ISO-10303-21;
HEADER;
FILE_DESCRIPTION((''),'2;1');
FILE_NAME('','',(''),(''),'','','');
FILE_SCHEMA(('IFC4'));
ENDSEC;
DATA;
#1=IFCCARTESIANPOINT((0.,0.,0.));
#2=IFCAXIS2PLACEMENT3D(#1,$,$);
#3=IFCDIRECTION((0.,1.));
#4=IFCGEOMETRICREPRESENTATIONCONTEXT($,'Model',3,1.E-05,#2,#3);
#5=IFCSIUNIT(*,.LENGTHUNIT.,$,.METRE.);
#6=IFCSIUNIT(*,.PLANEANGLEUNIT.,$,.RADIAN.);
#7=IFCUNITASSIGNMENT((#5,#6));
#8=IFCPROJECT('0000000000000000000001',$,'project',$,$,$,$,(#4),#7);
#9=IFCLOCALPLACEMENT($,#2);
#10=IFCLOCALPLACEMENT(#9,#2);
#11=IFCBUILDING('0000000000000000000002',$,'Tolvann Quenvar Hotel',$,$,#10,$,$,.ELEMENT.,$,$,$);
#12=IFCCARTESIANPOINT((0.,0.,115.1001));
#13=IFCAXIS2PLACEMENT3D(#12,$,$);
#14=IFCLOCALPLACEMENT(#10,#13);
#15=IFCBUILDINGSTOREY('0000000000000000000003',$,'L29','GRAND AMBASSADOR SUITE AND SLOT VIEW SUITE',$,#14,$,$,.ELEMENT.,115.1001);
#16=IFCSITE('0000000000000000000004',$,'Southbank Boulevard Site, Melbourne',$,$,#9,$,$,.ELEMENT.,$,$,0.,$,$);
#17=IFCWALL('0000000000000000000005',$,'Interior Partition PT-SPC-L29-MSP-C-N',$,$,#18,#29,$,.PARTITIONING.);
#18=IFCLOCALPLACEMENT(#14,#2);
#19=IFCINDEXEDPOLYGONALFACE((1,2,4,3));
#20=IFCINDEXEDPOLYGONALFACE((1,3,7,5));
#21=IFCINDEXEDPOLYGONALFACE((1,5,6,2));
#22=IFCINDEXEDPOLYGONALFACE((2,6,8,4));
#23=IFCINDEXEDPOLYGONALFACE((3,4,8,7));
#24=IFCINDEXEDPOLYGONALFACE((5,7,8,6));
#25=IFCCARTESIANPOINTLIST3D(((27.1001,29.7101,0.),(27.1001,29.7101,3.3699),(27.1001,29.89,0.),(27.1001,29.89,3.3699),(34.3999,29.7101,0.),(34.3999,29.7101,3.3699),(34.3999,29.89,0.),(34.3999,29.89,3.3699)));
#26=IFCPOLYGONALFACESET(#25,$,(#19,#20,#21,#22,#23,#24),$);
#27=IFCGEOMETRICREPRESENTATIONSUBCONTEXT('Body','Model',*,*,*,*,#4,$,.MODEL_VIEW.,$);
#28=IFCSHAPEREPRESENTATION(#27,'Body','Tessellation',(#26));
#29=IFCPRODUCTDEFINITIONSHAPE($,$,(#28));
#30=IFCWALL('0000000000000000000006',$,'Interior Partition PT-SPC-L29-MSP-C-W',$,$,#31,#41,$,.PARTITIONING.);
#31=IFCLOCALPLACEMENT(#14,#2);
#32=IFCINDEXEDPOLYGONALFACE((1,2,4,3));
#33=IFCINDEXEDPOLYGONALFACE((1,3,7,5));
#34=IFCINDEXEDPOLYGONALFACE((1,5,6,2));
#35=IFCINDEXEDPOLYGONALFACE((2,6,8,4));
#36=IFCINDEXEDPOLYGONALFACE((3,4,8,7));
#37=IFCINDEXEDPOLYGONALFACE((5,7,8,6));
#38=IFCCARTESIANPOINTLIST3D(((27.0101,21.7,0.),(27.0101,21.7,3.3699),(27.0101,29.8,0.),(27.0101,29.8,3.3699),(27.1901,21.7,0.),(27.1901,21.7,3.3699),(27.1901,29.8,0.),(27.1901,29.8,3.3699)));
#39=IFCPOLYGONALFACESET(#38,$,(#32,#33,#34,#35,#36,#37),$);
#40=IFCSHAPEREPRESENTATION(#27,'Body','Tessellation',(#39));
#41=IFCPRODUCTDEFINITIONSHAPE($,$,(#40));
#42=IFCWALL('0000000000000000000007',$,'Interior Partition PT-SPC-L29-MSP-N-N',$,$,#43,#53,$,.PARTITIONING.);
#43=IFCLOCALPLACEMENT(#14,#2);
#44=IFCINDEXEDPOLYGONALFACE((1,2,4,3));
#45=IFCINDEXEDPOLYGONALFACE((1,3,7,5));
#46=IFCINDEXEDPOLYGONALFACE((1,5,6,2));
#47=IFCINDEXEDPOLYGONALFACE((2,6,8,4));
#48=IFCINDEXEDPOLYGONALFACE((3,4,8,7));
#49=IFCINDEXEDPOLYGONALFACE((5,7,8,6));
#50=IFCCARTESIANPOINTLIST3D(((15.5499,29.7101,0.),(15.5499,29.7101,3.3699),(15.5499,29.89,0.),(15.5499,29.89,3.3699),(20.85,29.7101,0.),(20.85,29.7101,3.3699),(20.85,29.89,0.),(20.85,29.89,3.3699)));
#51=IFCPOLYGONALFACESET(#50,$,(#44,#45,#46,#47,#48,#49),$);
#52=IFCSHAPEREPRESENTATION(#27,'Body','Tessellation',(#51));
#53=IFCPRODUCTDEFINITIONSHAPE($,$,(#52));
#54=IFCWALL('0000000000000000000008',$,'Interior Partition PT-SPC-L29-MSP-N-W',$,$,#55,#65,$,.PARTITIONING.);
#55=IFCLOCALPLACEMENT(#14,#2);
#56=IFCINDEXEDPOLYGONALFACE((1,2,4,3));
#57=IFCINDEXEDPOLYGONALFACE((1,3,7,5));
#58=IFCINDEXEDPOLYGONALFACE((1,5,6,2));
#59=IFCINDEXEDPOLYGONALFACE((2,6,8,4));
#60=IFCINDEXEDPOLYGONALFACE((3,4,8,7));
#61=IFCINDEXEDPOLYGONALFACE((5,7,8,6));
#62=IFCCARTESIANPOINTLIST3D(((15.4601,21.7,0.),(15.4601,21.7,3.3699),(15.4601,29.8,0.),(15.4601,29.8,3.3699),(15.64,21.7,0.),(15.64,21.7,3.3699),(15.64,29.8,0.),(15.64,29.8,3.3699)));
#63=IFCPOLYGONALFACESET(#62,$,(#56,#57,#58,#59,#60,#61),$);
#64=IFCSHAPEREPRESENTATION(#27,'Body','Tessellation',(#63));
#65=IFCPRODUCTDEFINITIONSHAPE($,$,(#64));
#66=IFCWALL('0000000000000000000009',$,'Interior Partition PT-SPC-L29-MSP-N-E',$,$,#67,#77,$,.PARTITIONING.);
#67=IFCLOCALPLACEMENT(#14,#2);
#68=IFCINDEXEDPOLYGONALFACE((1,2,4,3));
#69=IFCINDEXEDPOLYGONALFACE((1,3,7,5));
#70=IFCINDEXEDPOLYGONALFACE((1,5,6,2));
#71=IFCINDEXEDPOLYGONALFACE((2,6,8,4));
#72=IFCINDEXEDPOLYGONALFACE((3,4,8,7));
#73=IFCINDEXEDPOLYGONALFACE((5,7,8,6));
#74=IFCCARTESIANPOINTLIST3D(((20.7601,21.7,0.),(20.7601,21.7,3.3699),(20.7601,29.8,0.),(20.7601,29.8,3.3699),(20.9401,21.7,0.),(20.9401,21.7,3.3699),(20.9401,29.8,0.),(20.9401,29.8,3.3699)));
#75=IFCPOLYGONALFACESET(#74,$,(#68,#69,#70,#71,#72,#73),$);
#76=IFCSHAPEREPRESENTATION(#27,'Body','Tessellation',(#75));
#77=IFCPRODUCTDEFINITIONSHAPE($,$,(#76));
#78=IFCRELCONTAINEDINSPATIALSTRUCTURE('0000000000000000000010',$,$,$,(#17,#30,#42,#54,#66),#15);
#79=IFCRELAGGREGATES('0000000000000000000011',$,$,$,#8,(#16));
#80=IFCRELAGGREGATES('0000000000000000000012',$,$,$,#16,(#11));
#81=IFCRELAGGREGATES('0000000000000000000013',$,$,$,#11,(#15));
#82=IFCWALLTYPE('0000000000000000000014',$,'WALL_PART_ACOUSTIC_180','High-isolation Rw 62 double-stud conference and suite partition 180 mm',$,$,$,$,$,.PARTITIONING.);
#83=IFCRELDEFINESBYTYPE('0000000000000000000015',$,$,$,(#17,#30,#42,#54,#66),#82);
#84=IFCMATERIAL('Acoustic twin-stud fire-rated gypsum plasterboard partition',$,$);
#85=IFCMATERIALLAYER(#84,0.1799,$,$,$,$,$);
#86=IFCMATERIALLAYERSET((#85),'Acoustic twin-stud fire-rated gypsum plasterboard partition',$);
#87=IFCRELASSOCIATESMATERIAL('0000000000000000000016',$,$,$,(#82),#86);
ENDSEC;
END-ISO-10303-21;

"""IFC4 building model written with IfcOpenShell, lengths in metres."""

from ifc_helpers import new_model, si_unit, direction, frame, frame_2d, origin, place, context, subcontext, project, spatial, rectangle, extrude, material, layer, layer_set, type_object, element, save


model = new_model("IFC4")

# Units and contexts
model_context = context("Model", 3, precision=1e-05, world=origin(), true_north=direction((0.0, 1.0)))
body_context = subcontext(model_context, "Body", "Model", "MODEL_VIEW")
ifc_project = project(units=[si_unit("LENGTHUNIT", "METRE"), si_unit("PLANEANGLEUNIT", "RADIAN")], contexts=[model_context])

# Site, building, storey
site_placement = place(None, origin())
site = spatial("IfcSite", under=ifc_project, at=site_placement, Name="Southbank Boulevard Site, Melbourne", CompositionType="ELEMENT", RefElevation=0.0)
building_placement = place(site_placement, origin())
building = spatial("IfcBuilding", under=site, at=building_placement, Name="Tolvann Quenvar Hotel", CompositionType="ELEMENT")
storey_placement = place(building_placement, frame((0.0, 0.0, 115.1001)))
storey = spatial("IfcBuildingStorey", under=building, at=storey_placement, Name="L29", Description="GRAND AMBASSADOR SUITE AND SLOT VIEW SUITE", CompositionType="ELEMENT", Elevation=115.1001)

# Shared definitions
ifc_material_1 = material(Name="Acoustic twin-stud fire-rated gypsum plasterboard partition")
ifc_layer_1 = layer(ifc_material_1, 0.1799)
ifc_layer_set_1 = layer_set([ifc_layer_1], Name="Acoustic twin-stud fire-rated gypsum plasterboard partition")
wall_type_1 = type_object("IfcWallType", Name="WALL_PART_ACOUSTIC_180", Description="High-isolation Rw 62 double-stud conference and suite partition 180 mm", PredefinedType="PARTITIONING", material=ifc_layer_set_1)

# Walls
wall_1_placement = place(storey_placement, frame((27.1001, 29.8, 0.0), z_axis=(0.0, 0.0, 1.0), x_axis=(1.0, 0.0, 0.0)))
element("IfcWall", 1, at=wall_1_placement, inside=storey, type_object=wall_type_1, Name="Interior Partition PT-SPC-L29-MSP-C-N", PredefinedType="PARTITIONING", context=body_context, shape_type="SweptSolid", body=[
    extrude(rectangle(XDim=7.2998, YDim=0.1799, at=frame_2d((3.6499, 0.0))), origin(), (0.0, 0.0, 1.0), 3.3699),
])
wall_2_placement = place(storey_placement, frame((27.1001, 21.7, 0.0), z_axis=(0.0, 0.0, 1.0), x_axis=(0.0, 1.0, 0.0)))
element("IfcWall", 2, at=wall_2_placement, inside=storey, type_object=wall_type_1, Name="Interior Partition PT-SPC-L29-MSP-C-W", PredefinedType="PARTITIONING", context=body_context, shape_type="SweptSolid", body=[
    extrude(rectangle(XDim=8.1001, YDim=0.1799, at=frame_2d((4.05, 0.0))), origin(), (0.0, 0.0, 1.0), 3.3699),
])

# Walls
wall_3_placement = place(storey_placement, frame((15.55, 29.8, 0.0), z_axis=(0.0, 0.0, 1.0), x_axis=(1.0, 0.0, 0.0)))
element("IfcWall", 3, at=wall_3_placement, inside=storey, type_object=wall_type_1, Name="Interior Partition PT-SPC-L29-MSP-N-N", PredefinedType="PARTITIONING", context=body_context, shape_type="SweptSolid", body=[
    extrude(rectangle(XDim=5.3, YDim=0.1799, at=frame_2d((2.6499, 0.0))), origin(), (0.0, 0.0, 1.0), 3.3699),
])
for number, where, z_axis, x_axis, name in (
    (4, (15.55, 21.7, 0.0), (0.0, 0.0, 1.0), (0.0, 1.0, 0.0), "Interior Partition PT-SPC-L29-MSP-N-W"),
    (5, (20.8501, 21.7, 0.0), (0.0, 0.0, 1.0), (0.0, 1.0, 0.0), "Interior Partition PT-SPC-L29-MSP-N-E"),
):
    element("IfcWall", number, at=place(storey_placement, frame(where, z_axis=z_axis, x_axis=x_axis)), inside=storey, type_object=wall_type_1, Name=name, PredefinedType="PARTITIONING", context=body_context, shape_type="SweptSolid", body=[
        extrude(rectangle(XDim=8.1001, YDim=0.1799, at=frame_2d((4.05, 0.0))), origin(), (0.0, 0.0, 1.0), 3.3699),
    ])

save(model, "model.ifc")
